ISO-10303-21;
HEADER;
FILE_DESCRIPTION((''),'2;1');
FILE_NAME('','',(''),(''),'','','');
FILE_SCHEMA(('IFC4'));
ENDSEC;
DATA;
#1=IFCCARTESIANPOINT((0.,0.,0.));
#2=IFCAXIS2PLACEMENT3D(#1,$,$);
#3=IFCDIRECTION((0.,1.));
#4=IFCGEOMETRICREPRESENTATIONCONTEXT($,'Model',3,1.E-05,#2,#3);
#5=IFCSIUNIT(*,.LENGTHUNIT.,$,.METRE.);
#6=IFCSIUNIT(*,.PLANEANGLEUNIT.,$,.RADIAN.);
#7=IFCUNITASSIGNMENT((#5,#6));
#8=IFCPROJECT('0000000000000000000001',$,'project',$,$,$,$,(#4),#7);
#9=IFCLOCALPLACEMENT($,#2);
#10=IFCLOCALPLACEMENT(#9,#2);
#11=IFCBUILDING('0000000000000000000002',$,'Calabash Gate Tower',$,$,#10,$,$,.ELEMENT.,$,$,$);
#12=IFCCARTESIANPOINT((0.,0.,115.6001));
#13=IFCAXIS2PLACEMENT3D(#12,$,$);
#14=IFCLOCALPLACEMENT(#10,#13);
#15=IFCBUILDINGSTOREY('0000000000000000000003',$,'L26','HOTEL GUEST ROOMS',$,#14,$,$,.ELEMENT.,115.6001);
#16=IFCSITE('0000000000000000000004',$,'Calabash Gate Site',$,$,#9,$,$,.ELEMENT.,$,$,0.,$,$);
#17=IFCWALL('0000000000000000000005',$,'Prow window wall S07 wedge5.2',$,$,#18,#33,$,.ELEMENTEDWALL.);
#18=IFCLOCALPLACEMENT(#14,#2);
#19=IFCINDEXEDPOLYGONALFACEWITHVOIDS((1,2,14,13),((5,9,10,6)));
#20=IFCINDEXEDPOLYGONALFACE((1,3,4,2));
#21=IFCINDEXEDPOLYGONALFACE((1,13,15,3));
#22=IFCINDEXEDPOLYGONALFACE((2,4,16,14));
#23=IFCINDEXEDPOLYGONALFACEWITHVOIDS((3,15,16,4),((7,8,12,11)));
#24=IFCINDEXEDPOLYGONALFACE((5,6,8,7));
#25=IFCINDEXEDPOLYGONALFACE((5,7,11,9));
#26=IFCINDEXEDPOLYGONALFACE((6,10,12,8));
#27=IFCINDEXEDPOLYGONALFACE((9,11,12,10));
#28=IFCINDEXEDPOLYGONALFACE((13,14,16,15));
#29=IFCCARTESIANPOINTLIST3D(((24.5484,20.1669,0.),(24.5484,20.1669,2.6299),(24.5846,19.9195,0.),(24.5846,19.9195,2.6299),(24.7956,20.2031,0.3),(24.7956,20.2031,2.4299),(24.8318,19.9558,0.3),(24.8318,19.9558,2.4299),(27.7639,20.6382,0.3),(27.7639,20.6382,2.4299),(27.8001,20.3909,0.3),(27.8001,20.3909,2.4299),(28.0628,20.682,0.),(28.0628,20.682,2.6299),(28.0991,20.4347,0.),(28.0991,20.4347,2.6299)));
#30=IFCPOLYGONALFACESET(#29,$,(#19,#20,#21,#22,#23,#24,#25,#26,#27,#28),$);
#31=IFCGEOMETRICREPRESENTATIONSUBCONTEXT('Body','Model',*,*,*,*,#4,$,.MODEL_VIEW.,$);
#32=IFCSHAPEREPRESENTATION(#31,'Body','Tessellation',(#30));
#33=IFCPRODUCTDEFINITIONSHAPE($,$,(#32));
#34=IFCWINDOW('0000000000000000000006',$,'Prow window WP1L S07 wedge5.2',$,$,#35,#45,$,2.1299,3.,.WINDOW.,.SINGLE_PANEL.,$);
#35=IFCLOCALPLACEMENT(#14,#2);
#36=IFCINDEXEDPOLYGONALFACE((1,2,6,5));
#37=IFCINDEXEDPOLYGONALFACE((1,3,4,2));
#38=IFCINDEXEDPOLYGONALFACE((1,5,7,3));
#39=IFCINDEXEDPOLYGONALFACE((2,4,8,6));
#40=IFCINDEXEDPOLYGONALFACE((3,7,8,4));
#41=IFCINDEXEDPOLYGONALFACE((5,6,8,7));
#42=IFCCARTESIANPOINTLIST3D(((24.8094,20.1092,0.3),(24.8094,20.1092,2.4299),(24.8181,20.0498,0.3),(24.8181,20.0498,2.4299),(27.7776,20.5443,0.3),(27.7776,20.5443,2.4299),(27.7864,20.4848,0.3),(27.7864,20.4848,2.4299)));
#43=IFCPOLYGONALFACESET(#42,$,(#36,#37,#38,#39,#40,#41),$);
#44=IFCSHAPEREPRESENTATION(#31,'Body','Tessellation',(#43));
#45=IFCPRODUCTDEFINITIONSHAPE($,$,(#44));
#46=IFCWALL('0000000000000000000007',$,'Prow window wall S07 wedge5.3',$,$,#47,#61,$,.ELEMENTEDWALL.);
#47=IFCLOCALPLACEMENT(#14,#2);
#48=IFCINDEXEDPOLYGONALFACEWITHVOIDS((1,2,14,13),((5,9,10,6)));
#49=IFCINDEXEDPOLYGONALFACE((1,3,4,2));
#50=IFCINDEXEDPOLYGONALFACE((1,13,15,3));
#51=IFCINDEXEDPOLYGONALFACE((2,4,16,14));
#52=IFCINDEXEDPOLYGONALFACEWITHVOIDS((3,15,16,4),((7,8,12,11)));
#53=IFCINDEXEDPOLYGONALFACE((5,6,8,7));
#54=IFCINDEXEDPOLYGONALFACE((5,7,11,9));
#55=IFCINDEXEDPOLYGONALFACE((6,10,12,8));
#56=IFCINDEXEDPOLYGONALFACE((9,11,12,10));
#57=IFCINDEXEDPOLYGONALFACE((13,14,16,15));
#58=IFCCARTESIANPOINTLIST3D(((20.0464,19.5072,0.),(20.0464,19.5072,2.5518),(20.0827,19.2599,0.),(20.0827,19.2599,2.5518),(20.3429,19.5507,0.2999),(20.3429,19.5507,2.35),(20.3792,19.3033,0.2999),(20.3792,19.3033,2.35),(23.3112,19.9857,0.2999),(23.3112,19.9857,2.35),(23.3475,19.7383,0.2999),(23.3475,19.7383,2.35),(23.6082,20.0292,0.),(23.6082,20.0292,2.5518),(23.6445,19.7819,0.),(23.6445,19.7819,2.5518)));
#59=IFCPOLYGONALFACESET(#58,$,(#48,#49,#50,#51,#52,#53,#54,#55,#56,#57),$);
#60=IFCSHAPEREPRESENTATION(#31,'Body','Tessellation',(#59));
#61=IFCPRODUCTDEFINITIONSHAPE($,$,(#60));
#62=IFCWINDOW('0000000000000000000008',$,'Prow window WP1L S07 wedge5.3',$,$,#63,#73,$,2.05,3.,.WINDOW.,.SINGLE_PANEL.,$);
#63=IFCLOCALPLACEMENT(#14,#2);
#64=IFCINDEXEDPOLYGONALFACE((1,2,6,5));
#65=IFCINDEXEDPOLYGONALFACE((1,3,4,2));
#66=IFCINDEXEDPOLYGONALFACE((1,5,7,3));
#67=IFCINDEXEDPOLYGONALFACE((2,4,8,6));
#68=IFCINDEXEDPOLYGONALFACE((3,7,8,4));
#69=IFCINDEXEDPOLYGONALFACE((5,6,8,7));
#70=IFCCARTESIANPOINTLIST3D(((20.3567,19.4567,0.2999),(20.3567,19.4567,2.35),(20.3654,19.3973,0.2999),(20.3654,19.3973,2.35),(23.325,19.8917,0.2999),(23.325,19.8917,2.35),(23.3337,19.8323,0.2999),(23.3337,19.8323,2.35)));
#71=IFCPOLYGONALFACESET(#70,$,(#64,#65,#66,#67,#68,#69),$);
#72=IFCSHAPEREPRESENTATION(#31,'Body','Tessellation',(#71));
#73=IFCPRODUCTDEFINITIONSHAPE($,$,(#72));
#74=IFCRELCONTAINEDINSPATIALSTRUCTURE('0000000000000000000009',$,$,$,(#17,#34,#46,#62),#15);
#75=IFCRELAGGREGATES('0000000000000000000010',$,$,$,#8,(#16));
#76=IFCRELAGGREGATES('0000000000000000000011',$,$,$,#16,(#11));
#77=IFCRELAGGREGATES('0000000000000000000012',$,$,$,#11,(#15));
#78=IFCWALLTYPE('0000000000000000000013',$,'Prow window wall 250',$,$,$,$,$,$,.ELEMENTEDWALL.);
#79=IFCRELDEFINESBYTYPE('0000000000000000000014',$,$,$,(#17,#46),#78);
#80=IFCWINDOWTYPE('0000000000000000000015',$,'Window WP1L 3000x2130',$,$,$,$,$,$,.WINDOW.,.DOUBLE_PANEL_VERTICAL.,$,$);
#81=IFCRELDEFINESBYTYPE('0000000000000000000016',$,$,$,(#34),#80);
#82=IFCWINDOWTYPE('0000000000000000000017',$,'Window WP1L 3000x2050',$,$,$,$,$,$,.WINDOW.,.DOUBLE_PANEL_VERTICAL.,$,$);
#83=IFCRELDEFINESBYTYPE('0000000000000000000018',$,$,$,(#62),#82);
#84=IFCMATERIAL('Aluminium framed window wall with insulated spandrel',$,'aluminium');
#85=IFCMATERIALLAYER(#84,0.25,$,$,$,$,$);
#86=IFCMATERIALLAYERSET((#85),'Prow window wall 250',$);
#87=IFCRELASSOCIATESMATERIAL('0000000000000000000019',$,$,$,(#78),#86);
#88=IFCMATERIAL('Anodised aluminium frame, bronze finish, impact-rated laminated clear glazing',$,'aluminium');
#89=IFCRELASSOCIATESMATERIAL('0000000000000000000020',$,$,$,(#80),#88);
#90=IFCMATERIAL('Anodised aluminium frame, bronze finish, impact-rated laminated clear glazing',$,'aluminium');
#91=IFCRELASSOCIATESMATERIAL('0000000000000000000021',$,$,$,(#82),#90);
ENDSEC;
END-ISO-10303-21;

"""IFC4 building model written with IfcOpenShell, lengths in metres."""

from ifc_helpers import new_model, si_unit, direction, frame, frame_2d, origin, place, context, subcontext, project, spatial, rectangle, extrude, material, layer, layer_set, type_object, element, fill, save


model = new_model("IFC4")

# Units and contexts
model_context = context("Model", 3, precision=1e-05, world=origin(), true_north=direction((0.0, 1.0)))
body_context = subcontext(model_context, "Body", "Model", "MODEL_VIEW")
ifc_project = project(units=[si_unit("LENGTHUNIT", "METRE"), si_unit("PLANEANGLEUNIT", "RADIAN")], contexts=[model_context])

# Site, building, storey
site_placement = place(None, origin())
site = spatial("IfcSite", under=ifc_project, at=site_placement, Name="Calabash Gate Site", CompositionType="ELEMENT", RefElevation=0.0)
building_placement = place(site_placement, origin())
building = spatial("IfcBuilding", under=site, at=building_placement, Name="Calabash Gate Tower", CompositionType="ELEMENT")
storey_placement = place(building_placement, frame((0.0, 0.0, 115.6001)))
storey = spatial("IfcBuildingStorey", under=building, at=storey_placement, Name="L26", Description="HOTEL GUEST ROOMS", CompositionType="ELEMENT", Elevation=115.6001)

# Walls, openings, windows
ifc_material_1 = material(Name="Aluminium framed window wall with insulated spandrel", Category="aluminium")
ifc_layer_1 = layer(ifc_material_1, 0.25)
ifc_layer_set_1 = layer_set([ifc_layer_1], Name="Prow window wall 250")
wall_type_1 = type_object("IfcWallType", Name="Prow window wall 250", PredefinedType="ELEMENTEDWALL", material=ifc_layer_set_1)
ifc_material_2 = material(Name="Anodised aluminium frame, bronze finish, impact-rated laminated clear glazing", Category="aluminium")
window_type_1 = type_object("IfcWindowType", Name="Window WP1L 3000x2130", PartitioningType="DOUBLE_PANEL_VERTICAL", PredefinedType="WINDOW", material=ifc_material_2)
wall_1_placement = place(storey_placement, frame((28.0808, 20.5583, 0.0), z_axis=(0.0, 0.0, 1.0), x_axis=(-0.989427, -0.145029, 0.0)))
wall_1 = element("IfcWall", 1, at=wall_1_placement, inside=storey, type_object=wall_type_1, Name="Prow window wall S07 wedge5.2", PredefinedType="ELEMENTEDWALL", context=body_context, shape_type="SweptSolid", body=[
    extrude(rectangle(XDim=3.552, YDim=0.25, at=frame_2d((1.7759, 0.0))), origin(), (0.0, 0.0, 1.0), 2.6299),
])
opening_1_placement = place(wall_1_placement, frame((0.302, 0.0, 0.3)))
opening_1 = element("IfcOpeningElement", 2, at=opening_1_placement, cuts=wall_1, PredefinedType="OPENING", context=body_context, shape_type="SweptSolid", body=[
    extrude(rectangle(XDim=3.0, YDim=2.1299, at=frame_2d((1.5, 1.0649))), frame((0.0, 0.135, 0.0), z_axis=(0.0, -1.0, 0.0), x_axis=(1.0, 0.0, 0.0)), (0.0, 0.0, 1.0), 0.27),
])
window_1_placement = place(opening_1_placement, origin())
window_1 = element("IfcWindow", 3, at=window_1_placement, inside=storey, type_object=window_type_1, Name="Prow window WP1L S07 wedge5.2", OverallHeight=2.1299, OverallWidth=3.0, PartitioningType="SINGLE_PANEL", PredefinedType="WINDOW", context=body_context, shape_type="SweptSolid", body=[
    extrude(rectangle(XDim=3.0, YDim=2.1299, at=frame_2d((1.5, 1.0649))), frame((0.0, 0.03, 0.0), z_axis=(0.0, -1.0, 0.0), x_axis=(1.0, 0.0, 0.0)), (0.0, 0.0, 1.0), 0.0601),
])
fill(opening_1, window_1)
wall_2_placement = place(storey_placement, frame((23.6262, 19.9055, 0.0), z_axis=(0.0, 0.0, 1.0), x_axis=(-0.989432, -0.145, 0.0)))
wall_2 = element("IfcWall", 4, at=wall_2_placement, inside=storey, type_object=wall_type_1, Name="Prow window wall S07 wedge5.3", PredefinedType="ELEMENTEDWALL", context=body_context, shape_type="SweptSolid", body=[
    extrude(rectangle(XDim=3.5999, YDim=0.25, at=frame_2d((1.7998, 0.0))), origin(), (0.0, 0.0, 1.0), 2.5518),
])
opening_2_placement = place(wall_2_placement, frame((0.3, 0.0, 0.3)))
opening_2 = element("IfcOpeningElement", 5, at=opening_2_placement, cuts=wall_2, PredefinedType="OPENING", context=body_context, shape_type="SweptSolid", body=[
    extrude(rectangle(XDim=3.0, YDim=2.05, at=frame_2d((1.5, 1.0249))), frame((0.0, 0.135, 0.0), z_axis=(0.0, -1.0, 0.0), x_axis=(1.0, 0.0, 0.0)), (0.0, 0.0, 1.0), 0.27),
])
ifc_material_3 = material(Name="Anodised aluminium frame, bronze finish, impact-rated laminated clear glazing", Category="aluminium")
window_type_2 = type_object("IfcWindowType", Name="Window WP1L 3000x2050", PartitioningType="DOUBLE_PANEL_VERTICAL", PredefinedType="WINDOW", material=ifc_material_3)
window_2_placement = place(opening_2_placement, origin())
window_2 = element("IfcWindow", 6, at=window_2_placement, inside=storey, type_object=window_type_2, Name="Prow window WP1L S07 wedge5.3", OverallHeight=2.05, OverallWidth=3.0, PartitioningType="SINGLE_PANEL", PredefinedType="WINDOW", context=body_context, shape_type="SweptSolid", body=[
    extrude(rectangle(XDim=3.0, YDim=2.05, at=frame_2d((1.5, 1.0249))), frame((0.0, 0.03, 0.0), z_axis=(0.0, -1.0, 0.0), x_axis=(1.0, 0.0, 0.0)), (0.0, 0.0, 1.0), 0.0601),
])
fill(opening_2, window_2)

save(model, "model.ifc")
